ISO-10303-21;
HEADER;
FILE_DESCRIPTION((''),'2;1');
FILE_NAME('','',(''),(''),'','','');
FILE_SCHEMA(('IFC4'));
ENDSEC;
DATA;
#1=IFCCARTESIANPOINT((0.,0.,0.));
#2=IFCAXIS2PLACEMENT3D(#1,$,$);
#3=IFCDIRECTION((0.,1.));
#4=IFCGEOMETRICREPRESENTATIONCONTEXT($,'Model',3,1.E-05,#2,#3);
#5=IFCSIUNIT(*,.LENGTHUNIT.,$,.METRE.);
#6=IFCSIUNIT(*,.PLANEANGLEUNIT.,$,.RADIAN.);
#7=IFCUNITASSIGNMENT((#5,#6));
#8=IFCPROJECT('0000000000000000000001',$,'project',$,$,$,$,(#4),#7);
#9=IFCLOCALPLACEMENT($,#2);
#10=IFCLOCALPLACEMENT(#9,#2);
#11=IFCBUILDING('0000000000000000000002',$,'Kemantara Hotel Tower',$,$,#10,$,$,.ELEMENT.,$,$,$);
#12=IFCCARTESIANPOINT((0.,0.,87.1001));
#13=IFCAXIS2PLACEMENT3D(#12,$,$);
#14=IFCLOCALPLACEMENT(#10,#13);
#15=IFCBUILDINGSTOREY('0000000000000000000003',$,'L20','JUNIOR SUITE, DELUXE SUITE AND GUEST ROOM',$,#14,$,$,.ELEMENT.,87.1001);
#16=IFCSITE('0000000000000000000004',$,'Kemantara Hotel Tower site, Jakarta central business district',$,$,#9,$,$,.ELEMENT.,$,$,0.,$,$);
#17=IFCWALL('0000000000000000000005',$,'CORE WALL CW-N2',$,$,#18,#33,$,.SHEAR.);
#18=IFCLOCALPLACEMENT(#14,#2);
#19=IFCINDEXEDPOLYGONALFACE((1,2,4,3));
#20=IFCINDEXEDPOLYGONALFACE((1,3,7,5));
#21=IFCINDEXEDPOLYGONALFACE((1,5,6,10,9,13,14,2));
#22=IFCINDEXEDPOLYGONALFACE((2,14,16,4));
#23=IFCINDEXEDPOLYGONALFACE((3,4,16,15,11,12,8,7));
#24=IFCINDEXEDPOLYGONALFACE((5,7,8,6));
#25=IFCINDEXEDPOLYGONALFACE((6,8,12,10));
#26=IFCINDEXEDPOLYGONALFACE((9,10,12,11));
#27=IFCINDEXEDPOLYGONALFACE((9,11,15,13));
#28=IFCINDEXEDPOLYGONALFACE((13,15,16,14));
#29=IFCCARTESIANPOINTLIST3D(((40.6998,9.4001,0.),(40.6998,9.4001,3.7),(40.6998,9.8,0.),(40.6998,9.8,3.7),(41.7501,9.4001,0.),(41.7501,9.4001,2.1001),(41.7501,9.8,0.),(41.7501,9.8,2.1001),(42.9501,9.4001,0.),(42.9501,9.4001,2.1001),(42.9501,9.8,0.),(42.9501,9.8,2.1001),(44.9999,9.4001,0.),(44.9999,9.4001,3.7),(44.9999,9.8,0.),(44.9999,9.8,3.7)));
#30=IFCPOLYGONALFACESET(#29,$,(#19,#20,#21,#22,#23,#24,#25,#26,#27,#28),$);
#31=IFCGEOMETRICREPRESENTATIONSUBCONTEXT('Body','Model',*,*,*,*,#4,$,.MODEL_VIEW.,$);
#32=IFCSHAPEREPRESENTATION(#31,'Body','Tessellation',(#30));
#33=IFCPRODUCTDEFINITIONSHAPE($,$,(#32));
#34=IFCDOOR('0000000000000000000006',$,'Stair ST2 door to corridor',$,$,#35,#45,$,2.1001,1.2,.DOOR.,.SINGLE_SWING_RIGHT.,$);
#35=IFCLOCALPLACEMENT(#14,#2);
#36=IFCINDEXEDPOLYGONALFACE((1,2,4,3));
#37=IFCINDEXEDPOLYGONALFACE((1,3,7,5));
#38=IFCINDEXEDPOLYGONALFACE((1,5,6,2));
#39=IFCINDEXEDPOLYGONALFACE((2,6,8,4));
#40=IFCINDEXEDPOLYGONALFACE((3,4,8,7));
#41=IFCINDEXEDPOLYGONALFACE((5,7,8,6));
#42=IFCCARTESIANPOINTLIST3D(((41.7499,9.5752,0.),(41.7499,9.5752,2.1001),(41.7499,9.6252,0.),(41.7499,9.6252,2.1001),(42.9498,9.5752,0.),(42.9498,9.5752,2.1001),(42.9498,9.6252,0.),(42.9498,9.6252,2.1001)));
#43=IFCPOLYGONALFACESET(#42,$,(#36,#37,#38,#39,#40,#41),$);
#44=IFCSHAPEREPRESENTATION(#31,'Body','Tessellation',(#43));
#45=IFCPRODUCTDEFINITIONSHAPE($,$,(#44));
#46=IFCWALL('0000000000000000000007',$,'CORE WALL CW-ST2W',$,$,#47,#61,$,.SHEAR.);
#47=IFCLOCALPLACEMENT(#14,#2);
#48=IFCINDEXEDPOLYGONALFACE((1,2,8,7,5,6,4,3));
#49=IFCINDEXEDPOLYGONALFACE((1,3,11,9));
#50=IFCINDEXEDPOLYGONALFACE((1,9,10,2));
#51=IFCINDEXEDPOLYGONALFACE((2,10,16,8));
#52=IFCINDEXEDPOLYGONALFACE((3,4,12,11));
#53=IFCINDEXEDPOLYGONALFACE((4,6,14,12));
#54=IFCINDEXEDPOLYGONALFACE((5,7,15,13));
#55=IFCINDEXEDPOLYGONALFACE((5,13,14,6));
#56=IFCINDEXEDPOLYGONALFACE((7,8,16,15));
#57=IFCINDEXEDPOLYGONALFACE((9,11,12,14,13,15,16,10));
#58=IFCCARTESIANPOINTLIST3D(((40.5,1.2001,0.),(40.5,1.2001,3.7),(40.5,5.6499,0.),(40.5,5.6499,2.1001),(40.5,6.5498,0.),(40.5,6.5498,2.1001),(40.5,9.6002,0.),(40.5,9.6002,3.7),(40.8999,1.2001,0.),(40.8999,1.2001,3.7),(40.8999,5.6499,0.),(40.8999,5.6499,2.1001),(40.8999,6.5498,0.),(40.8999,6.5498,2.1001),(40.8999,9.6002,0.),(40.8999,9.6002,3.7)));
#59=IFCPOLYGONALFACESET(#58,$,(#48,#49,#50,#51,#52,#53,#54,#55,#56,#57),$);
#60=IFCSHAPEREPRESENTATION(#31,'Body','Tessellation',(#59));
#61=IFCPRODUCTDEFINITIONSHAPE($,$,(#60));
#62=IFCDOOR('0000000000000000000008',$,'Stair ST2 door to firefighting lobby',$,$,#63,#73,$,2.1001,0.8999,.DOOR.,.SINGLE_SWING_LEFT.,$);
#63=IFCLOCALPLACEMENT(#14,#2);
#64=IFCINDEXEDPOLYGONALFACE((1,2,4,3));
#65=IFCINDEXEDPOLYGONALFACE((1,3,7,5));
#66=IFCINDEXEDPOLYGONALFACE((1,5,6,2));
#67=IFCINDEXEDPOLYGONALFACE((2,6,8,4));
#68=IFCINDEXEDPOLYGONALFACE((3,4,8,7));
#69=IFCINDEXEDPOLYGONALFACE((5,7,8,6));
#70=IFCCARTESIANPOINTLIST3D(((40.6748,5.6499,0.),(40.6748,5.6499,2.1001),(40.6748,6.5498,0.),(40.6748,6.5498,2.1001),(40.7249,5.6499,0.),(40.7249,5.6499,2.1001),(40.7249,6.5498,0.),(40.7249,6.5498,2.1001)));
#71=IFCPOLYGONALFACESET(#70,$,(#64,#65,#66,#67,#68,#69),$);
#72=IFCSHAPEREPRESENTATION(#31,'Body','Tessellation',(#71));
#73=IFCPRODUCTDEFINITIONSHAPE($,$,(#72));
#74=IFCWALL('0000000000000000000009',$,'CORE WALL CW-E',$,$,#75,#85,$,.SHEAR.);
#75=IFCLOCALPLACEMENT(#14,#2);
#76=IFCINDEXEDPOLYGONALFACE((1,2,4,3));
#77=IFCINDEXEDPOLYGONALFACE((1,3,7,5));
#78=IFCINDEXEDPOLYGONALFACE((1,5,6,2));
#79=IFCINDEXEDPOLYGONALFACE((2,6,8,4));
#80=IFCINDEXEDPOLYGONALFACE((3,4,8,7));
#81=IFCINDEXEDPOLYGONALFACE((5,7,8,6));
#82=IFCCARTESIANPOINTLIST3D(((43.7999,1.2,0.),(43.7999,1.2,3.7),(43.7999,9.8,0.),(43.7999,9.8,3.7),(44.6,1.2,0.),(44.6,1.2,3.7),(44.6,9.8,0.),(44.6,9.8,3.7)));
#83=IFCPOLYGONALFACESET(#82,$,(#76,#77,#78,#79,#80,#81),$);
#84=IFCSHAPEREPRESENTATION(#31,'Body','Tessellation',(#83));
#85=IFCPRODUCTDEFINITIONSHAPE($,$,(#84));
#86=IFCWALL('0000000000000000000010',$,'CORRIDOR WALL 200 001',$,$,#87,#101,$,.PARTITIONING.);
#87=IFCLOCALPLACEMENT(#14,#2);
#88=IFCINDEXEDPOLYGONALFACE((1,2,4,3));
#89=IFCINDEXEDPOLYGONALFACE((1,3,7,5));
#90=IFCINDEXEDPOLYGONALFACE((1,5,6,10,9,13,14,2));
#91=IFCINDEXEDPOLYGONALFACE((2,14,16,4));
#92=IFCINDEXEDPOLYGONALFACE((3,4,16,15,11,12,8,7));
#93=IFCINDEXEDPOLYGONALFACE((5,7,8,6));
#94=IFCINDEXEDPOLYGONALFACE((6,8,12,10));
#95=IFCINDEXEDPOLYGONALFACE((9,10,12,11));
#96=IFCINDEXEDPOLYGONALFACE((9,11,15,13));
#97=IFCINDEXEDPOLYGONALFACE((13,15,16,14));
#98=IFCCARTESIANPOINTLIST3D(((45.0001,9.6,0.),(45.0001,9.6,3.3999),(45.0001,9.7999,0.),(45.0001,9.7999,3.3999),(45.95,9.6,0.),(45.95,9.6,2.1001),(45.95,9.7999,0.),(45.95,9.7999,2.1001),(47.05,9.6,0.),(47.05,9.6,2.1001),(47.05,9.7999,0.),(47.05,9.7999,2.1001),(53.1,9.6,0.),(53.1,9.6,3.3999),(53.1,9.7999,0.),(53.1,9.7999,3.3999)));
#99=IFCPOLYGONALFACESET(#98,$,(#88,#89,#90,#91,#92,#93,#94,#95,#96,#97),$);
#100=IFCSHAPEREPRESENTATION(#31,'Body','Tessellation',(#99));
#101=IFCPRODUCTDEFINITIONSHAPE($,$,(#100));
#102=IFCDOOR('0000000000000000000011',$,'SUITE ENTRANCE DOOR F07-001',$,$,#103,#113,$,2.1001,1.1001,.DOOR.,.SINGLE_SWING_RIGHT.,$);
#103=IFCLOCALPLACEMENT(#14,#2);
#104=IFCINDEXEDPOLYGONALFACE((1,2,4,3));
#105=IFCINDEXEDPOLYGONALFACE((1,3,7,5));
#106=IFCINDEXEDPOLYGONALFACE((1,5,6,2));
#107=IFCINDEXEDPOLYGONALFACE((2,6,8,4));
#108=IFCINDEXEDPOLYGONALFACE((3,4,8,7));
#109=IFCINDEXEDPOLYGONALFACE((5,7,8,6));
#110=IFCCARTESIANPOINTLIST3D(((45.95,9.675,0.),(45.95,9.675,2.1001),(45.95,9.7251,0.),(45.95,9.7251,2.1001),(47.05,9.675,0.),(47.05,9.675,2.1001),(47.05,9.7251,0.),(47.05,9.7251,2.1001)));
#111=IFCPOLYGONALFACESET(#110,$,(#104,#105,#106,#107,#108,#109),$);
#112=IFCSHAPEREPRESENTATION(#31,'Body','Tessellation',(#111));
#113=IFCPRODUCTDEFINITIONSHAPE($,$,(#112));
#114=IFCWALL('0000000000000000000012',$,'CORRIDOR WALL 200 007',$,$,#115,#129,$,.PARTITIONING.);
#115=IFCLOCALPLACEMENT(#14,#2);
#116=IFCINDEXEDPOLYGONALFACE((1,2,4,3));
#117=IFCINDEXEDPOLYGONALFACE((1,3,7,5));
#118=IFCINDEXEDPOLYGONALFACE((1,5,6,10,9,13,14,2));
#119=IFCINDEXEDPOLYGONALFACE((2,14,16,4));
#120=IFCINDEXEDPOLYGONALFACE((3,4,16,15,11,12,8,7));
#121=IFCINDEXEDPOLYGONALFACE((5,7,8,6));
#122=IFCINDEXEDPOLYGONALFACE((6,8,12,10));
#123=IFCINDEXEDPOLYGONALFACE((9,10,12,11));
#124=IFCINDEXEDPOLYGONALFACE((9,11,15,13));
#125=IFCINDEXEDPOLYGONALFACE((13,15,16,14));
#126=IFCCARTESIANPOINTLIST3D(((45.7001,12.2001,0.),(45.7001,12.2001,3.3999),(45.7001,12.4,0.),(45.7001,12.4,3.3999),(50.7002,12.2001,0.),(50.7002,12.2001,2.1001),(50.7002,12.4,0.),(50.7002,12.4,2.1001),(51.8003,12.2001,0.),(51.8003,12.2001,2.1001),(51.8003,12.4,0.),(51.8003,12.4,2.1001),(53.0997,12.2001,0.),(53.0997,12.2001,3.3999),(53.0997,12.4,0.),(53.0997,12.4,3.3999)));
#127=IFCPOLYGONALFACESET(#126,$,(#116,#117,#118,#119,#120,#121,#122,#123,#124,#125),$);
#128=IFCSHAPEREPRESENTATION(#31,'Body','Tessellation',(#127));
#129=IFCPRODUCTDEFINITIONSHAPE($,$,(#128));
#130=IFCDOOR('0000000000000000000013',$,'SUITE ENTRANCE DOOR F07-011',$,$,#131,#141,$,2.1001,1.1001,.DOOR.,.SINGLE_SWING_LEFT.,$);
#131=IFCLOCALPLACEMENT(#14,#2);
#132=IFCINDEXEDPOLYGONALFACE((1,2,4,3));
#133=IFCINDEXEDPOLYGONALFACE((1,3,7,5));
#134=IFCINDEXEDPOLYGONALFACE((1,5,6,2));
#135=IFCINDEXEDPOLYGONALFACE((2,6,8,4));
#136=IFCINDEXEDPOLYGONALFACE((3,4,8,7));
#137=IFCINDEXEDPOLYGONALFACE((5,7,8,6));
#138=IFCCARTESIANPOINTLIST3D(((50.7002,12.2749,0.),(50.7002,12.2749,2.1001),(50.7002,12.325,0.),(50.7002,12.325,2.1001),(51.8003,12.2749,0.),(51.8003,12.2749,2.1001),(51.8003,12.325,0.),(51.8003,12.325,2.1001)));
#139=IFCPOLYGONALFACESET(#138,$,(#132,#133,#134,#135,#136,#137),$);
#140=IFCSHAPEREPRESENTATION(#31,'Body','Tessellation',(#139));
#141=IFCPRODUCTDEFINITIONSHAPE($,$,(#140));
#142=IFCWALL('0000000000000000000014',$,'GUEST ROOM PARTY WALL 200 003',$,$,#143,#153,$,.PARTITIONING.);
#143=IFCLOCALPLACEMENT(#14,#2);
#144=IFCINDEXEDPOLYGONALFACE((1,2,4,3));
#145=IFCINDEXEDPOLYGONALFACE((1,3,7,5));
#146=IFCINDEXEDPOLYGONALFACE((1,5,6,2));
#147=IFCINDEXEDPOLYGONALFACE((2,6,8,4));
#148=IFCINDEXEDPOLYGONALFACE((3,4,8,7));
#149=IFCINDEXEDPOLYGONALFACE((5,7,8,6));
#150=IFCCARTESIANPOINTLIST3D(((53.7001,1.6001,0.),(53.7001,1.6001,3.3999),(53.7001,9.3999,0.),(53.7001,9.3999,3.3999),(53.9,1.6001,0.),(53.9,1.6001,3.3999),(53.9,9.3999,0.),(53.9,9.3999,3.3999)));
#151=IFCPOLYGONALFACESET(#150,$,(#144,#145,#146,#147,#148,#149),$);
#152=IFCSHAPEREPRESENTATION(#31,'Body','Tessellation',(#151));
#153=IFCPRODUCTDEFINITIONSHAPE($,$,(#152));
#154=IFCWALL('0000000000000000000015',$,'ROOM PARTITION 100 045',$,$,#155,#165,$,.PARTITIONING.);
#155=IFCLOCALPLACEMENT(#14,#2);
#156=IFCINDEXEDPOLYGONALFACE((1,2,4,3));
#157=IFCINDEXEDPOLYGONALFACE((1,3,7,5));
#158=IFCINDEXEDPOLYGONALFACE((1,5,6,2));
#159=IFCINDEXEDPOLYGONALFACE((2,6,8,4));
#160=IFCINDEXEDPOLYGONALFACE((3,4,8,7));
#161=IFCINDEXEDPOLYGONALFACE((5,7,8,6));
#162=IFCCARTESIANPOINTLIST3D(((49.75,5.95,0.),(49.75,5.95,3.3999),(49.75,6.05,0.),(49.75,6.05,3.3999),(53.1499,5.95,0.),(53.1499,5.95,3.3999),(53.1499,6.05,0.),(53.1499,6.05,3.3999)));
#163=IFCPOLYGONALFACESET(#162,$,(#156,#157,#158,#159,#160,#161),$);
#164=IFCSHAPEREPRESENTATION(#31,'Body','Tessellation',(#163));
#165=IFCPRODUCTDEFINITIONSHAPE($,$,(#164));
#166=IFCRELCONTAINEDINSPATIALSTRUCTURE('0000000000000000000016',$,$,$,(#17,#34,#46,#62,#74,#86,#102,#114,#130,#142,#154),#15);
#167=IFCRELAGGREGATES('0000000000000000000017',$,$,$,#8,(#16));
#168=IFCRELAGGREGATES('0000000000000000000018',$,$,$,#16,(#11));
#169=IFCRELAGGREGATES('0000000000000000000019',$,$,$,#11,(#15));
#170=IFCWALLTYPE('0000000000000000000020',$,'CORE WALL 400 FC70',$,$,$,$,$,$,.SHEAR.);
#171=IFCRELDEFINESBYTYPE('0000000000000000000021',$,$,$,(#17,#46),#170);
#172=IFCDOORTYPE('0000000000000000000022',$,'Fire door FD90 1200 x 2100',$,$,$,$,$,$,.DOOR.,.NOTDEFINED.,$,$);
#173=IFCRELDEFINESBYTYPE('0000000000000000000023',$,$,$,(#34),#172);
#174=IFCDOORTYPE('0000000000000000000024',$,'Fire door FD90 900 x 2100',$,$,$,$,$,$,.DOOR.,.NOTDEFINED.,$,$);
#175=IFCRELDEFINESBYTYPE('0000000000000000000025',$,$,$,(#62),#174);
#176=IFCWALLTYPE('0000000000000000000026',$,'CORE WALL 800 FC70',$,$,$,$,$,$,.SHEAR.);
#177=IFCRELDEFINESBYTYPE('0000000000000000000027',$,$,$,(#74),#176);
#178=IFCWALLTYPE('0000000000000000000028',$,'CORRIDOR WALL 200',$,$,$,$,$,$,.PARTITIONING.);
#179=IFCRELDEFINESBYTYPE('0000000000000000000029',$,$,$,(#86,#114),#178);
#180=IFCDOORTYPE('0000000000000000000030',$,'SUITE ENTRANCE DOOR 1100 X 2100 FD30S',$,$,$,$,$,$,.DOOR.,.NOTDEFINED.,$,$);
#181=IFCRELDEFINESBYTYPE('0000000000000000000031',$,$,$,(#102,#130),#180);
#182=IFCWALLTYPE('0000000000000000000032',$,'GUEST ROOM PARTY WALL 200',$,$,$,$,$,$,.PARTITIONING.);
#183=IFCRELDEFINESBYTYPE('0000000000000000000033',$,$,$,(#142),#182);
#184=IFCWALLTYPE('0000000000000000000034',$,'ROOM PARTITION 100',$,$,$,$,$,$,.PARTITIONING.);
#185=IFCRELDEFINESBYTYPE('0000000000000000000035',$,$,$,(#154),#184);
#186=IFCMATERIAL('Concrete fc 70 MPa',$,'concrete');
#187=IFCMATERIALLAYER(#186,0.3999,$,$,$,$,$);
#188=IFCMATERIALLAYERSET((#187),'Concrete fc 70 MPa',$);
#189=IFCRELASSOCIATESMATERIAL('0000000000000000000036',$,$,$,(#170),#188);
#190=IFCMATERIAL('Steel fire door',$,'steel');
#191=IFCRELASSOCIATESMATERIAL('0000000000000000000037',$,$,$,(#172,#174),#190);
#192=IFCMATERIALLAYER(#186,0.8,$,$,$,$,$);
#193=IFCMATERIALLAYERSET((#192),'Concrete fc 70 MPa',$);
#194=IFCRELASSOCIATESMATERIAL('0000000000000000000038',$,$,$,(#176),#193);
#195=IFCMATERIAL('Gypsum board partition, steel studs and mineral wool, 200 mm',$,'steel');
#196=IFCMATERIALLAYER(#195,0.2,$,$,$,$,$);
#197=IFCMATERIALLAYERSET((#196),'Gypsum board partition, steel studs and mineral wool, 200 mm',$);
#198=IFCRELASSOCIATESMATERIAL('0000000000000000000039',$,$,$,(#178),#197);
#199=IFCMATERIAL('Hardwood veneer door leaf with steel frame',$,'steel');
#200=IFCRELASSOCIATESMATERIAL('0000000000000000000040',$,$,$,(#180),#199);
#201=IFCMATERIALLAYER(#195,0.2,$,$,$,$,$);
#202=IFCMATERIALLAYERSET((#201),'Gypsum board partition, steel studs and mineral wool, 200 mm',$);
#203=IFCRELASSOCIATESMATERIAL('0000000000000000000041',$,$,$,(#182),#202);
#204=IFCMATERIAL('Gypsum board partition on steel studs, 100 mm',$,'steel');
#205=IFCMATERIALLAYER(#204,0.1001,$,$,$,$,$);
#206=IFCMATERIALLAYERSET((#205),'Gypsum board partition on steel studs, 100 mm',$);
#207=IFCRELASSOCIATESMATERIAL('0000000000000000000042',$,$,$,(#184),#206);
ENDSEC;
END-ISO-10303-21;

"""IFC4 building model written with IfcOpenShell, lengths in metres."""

from ifc_helpers import new_model, si_unit, direction, frame, frame_2d, origin, place, context, subcontext, project, spatial, rectangle, extrude, material, layer, layer_set, type_object, element, fill, save


model = new_model("IFC4")

# Units and contexts
model_context = context("Model", 3, precision=1e-05, world=origin(), true_north=direction((0.0, 1.0)))
body_context = subcontext(model_context, "Body", "Model", "MODEL_VIEW")
ifc_project = project(units=[si_unit("LENGTHUNIT", "METRE"), si_unit("PLANEANGLEUNIT", "RADIAN")], contexts=[model_context])

# Site, building, storey
site_placement = place(None, origin())
site = spatial("IfcSite", under=ifc_project, at=site_placement, Name="Kemantara Hotel Tower site, Jakarta central business district", CompositionType="ELEMENT", RefElevation=0.0)
building_placement = place(site_placement, origin())
building = spatial("IfcBuilding", under=site, at=building_placement, Name="Kemantara Hotel Tower", CompositionType="ELEMENT")
storey_placement = place(building_placement, frame((0.0, 0.0, 87.1001)))
storey = spatial("IfcBuildingStorey", under=building, at=storey_placement, Name="L20", Description="JUNIOR SUITE, DELUXE SUITE AND GUEST ROOM", CompositionType="ELEMENT", Elevation=87.1001)

# Shared definitions
ifc_material_1 = material(Name="Concrete fc 70 MPa", Category="concrete")

# Walls, openings, doors
ifc_layer_1 = layer(ifc_material_1, 0.3999)
ifc_layer_set_1 = layer_set([ifc_layer_1], Name="Concrete fc 70 MPa")
wall_type_1 = type_object("IfcWallType", Name="CORE WALL 400 FC70", PredefinedType="SHEAR", material=ifc_layer_set_1)
wall_1_placement = place(storey_placement, frame((40.7, 9.6001, 0.0), z_axis=(0.0, 0.0, 1.0), x_axis=(1.0, 0.0, 0.0)))
wall_1 = element("IfcWall", 1, at=wall_1_placement, inside=storey, type_object=wall_type_1, Name="CORE WALL CW-N2", PredefinedType="SHEAR", context=body_context, shape_type="SweptSolid", body=[
    extrude(rectangle(XDim=4.3, YDim=0.3999, at=frame_2d((2.1499, 0.0))), origin(), (0.0, 0.0, 1.0), 3.7),
])
opening_1_placement = place(wall_1_placement, frame((1.05, 0.0, 0.0)))
opening_1 = element("IfcOpeningElement", 2, at=opening_1_placement, cuts=wall_1, PredefinedType="OPENING", context=body_context, shape_type="SweptSolid", body=[
    extrude(rectangle(XDim=1.2, YDim=2.1001, at=frame_2d((0.6001, 1.05))), frame((0.0, 0.21, 0.0), z_axis=(0.0, -1.0, 0.0), x_axis=(1.0, 0.0, 0.0)), (0.0, 0.0, 1.0), 0.4199),
])
ifc_material_2 = material(Name="Steel fire door", Category="steel")
door_type_1 = type_object("IfcDoorType", Name="Fire door FD90 1200 x 2100", OperationType="NOTDEFINED", PredefinedType="DOOR", material=ifc_material_2)
door_1_placement = place(opening_1_placement, frame((1.2, 0.0, 0.0), z_axis=(0.0, 0.0, 1.0), x_axis=(-1.0, 0.0, 0.0)))
door_1 = element("IfcDoor", 3, at=door_1_placement, inside=storey, type_object=door_type_1, Name="Stair ST2 door to corridor", OperationType="SINGLE_SWING_RIGHT", OverallHeight=2.1001, OverallWidth=1.2, PredefinedType="DOOR", context=body_context, shape_type="SweptSolid", body=[
    extrude(rectangle(XDim=1.2, YDim=2.1001, at=frame_2d((0.6001, 1.05))), frame((0.0, 0.0249, 0.0), z_axis=(0.0, -1.0, 0.0), x_axis=(1.0, 0.0, 0.0)), (0.0, 0.0, 1.0), 0.05),
])
fill(opening_1, door_1)
wall_2_placement = place(storey_placement, frame((40.7, 1.2, 0.0), z_axis=(0.0, 0.0, 1.0), x_axis=(0.0, 1.0, 0.0)))
wall_2 = element("IfcWall", 4, at=wall_2_placement, inside=storey, type_object=wall_type_1, Name="CORE WALL CW-ST2W", PredefinedType="SHEAR", context=body_context, shape_type="SweptSolid", body=[
    extrude(rectangle(XDim=8.4001, YDim=0.3999, at=frame_2d((4.2002, 0.0))), origin(), (0.0, 0.0, 1.0), 3.7),
])
opening_2_placement = place(wall_2_placement, frame((4.45, 0.0, 0.0)))
opening_2 = element("IfcOpeningElement", 5, at=opening_2_placement, cuts=wall_2, PredefinedType="OPENING", context=body_context, shape_type="SweptSolid", body=[
    extrude(rectangle(XDim=0.8999, YDim=2.1001, at=frame_2d((0.45, 1.05))), frame((0.0, 0.21, 0.0), z_axis=(0.0, -1.0, 0.0), x_axis=(1.0, 0.0, 0.0)), (0.0, 0.0, 1.0), 0.4199),
])
door_type_2 = type_object("IfcDoorType", Name="Fire door FD90 900 x 2100", OperationType="NOTDEFINED", PredefinedType="DOOR", material=ifc_material_2)
door_2_placement = place(opening_2_placement, frame((0.8999, 0.0, 0.0), z_axis=(0.0, 0.0, 1.0), x_axis=(-1.0, 0.0, 0.0)))
door_2 = element("IfcDoor", 6, at=door_2_placement, inside=storey, type_object=door_type_2, Name="Stair ST2 door to firefighting lobby", OperationType="SINGLE_SWING_LEFT", OverallHeight=2.1001, OverallWidth=0.8999, PredefinedType="DOOR", context=body_context, shape_type="SweptSolid", body=[
    extrude(rectangle(XDim=0.8999, YDim=2.1001, at=frame_2d((0.45, 1.05))), frame((0.0, 0.0249, 0.0), z_axis=(0.0, -1.0, 0.0), x_axis=(1.0, 0.0, 0.0)), (0.0, 0.0, 1.0), 0.05),
])
fill(opening_2, door_2)

# Wall
ifc_layer_2 = layer(ifc_material_1, 0.8)
ifc_layer_set_2 = layer_set([ifc_layer_2], Name="Concrete fc 70 MPa")
wall_type_2 = type_object("IfcWallType", Name="CORE WALL 800 FC70", PredefinedType="SHEAR", material=ifc_layer_set_2)
wall_3_placement = place(storey_placement, frame((44.2, 1.2, 0.0), z_axis=(0.0, 0.0, 1.0), x_axis=(0.0, 1.0, 0.0)))
element("IfcWall", 7, at=wall_3_placement, inside=storey, type_object=wall_type_2, Name="CORE WALL CW-E", PredefinedType="SHEAR", context=body_context, shape_type="SweptSolid", body=[
    extrude(rectangle(XDim=8.6001, YDim=0.8, at=frame_2d((4.3, 0.0))), origin(), (0.0, 0.0, 1.0), 3.7),
])

# Walls, openings, doors
ifc_material_3 = material(Name="Gypsum board partition, steel studs and mineral wool, 200 mm", Category="steel")
ifc_layer_3 = layer(ifc_material_3, 0.2)
ifc_layer_set_3 = layer_set([ifc_layer_3], Name="Gypsum board partition, steel studs and mineral wool, 200 mm")
wall_type_3 = type_object("IfcWallType", Name="CORRIDOR WALL 200", PredefinedType="PARTITIONING", material=ifc_layer_set_3)
wall_4_placement = place(storey_placement, frame((53.0999, 9.7, 0.0), z_axis=(0.0, 0.0, 1.0), x_axis=(-1.0, 0.0, 0.0)))
wall_4 = element("IfcWall", 8, at=wall_4_placement, inside=storey, type_object=wall_type_3, Name="CORRIDOR WALL 200 001", PredefinedType="PARTITIONING", context=body_context, shape_type="SweptSolid", body=[
    extrude(rectangle(XDim=8.0999, YDim=0.2, at=frame_2d((4.0498, 0.0))), origin(), (0.0, 0.0, 1.0), 3.3999),
])
opening_3_placement = place(wall_4_placement, frame((6.0498, 0.0, 0.0)))
opening_3 = element("IfcOpeningElement", 9, at=opening_3_placement, cuts=wall_4, PredefinedType="OPENING", context=body_context, shape_type="SweptSolid", body=[
    extrude(rectangle(XDim=1.1001, YDim=2.1001, at=frame_2d((0.55, 1.05))), frame((0.0, 0.1099, 0.0), z_axis=(0.0, -1.0, 0.0), x_axis=(1.0, 0.0, 0.0)), (0.0, 0.0, 1.0), 0.22),
])
ifc_material_4 = material(Name="Hardwood veneer door leaf with steel frame", Category="steel")
door_type_3 = type_object("IfcDoorType", Name="SUITE ENTRANCE DOOR 1100 X 2100 FD30S", OperationType="NOTDEFINED", PredefinedType="DOOR", material=ifc_material_4)
door_3_placement = place(opening_3_placement, origin())
door_3 = element("IfcDoor", 10, at=door_3_placement, inside=storey, type_object=door_type_3, Name="SUITE ENTRANCE DOOR F07-001", OperationType="SINGLE_SWING_RIGHT", OverallHeight=2.1001, OverallWidth=1.1001, PredefinedType="DOOR", context=body_context, shape_type="SweptSolid", body=[
    extrude(rectangle(XDim=1.1001, YDim=2.1001, at=frame_2d((0.55, 1.05))), frame((0.0, 0.0249, 0.0), z_axis=(0.0, -1.0, 0.0), x_axis=(1.0, 0.0, 0.0)), (0.0, 0.0, 1.0), 0.05),
])
fill(opening_3, door_3)
wall_5_placement = place(storey_placement, frame((45.7002, 12.3, 0.0), z_axis=(0.0, 0.0, 1.0), x_axis=(1.0, 0.0, 0.0)))
wall_5 = element("IfcWall", 11, at=wall_5_placement, inside=storey, type_object=wall_type_3, Name="CORRIDOR WALL 200 007", PredefinedType="PARTITIONING", context=body_context, shape_type="SweptSolid", body=[
    extrude(rectangle(XDim=7.3997, YDim=0.2, at=frame_2d((3.6997, 0.0))), origin(), (0.0, 0.0, 1.0), 3.3999),
])
opening_4_placement = place(wall_5_placement, frame((5.0, 0.0, 0.0)))
opening_4 = element("IfcOpeningElement", 12, at=opening_4_placement, cuts=wall_5, PredefinedType="OPENING", context=body_context, shape_type="SweptSolid", body=[
    extrude(rectangle(XDim=1.1001, YDim=2.1001, at=frame_2d((0.55, 1.05))), frame((0.0, 0.1099, 0.0), z_axis=(0.0, -1.0, 0.0), x_axis=(1.0, 0.0, 0.0)), (0.0, 0.0, 1.0), 0.22),
])
door_4_placement = place(opening_4_placement, origin())
door_4 = element("IfcDoor", 13, at=door_4_placement, inside=storey, type_object=door_type_3, Name="SUITE ENTRANCE DOOR F07-011", OperationType="SINGLE_SWING_LEFT", OverallHeight=2.1001, OverallWidth=1.1001, PredefinedType="DOOR", context=body_context, shape_type="SweptSolid", body=[
    extrude(rectangle(XDim=1.1001, YDim=2.1001, at=frame_2d((0.55, 1.05))), frame((0.0, 0.0249, 0.0), z_axis=(0.0, -1.0, 0.0), x_axis=(1.0, 0.0, 0.0)), (0.0, 0.0, 1.0), 0.05),
])
fill(opening_4, door_4)

# Walls
ifc_layer_4 = layer(ifc_material_3, 0.2)
ifc_layer_set_4 = layer_set([ifc_layer_4], Name="Gypsum board partition, steel studs and mineral wool, 200 mm")
wall_type_4 = type_object("IfcWallType", Name="GUEST ROOM PARTY WALL 200", PredefinedType="PARTITIONING", material=ifc_layer_set_4)
wall_6_placement = place(storey_placement, frame((53.8, 1.6001, 0.0), z_axis=(0.0, 0.0, 1.0), x_axis=(0.0, 1.0, 0.0)))
element("IfcWall", 14, at=wall_6_placement, inside=storey, type_object=wall_type_4, Name="GUEST ROOM PARTY WALL 200 003", PredefinedType="PARTITIONING", context=body_context, shape_type="SweptSolid", body=[
    extrude(rectangle(XDim=7.7998, YDim=0.2, at=frame_2d((3.8999, 0.0))), origin(), (0.0, 0.0, 1.0), 3.3999),
])
ifc_material_5 = material(Name="Gypsum board partition on steel studs, 100 mm", Category="steel")
ifc_layer_5 = layer(ifc_material_5, 0.1001)
ifc_layer_set_5 = layer_set([ifc_layer_5], Name="Gypsum board partition on steel studs, 100 mm")
wall_type_5 = type_object("IfcWallType", Name="ROOM PARTITION 100", PredefinedType="PARTITIONING", material=ifc_layer_set_5)
wall_7_placement = place(storey_placement, frame((49.75, 6.0, 0.0), z_axis=(0.0, 0.0, 1.0), x_axis=(1.0, 0.0, 0.0)))
element("IfcWall", 15, at=wall_7_placement, inside=storey, type_object=wall_type_5, Name="ROOM PARTITION 100 045", PredefinedType="PARTITIONING", context=body_context, shape_type="SweptSolid", body=[
    extrude(rectangle(XDim=3.3999, YDim=0.1001, at=frame_2d((1.7, 0.0))), origin(), (0.0, 0.0, 1.0), 3.3999),
])

save(model, "model.ifc")
